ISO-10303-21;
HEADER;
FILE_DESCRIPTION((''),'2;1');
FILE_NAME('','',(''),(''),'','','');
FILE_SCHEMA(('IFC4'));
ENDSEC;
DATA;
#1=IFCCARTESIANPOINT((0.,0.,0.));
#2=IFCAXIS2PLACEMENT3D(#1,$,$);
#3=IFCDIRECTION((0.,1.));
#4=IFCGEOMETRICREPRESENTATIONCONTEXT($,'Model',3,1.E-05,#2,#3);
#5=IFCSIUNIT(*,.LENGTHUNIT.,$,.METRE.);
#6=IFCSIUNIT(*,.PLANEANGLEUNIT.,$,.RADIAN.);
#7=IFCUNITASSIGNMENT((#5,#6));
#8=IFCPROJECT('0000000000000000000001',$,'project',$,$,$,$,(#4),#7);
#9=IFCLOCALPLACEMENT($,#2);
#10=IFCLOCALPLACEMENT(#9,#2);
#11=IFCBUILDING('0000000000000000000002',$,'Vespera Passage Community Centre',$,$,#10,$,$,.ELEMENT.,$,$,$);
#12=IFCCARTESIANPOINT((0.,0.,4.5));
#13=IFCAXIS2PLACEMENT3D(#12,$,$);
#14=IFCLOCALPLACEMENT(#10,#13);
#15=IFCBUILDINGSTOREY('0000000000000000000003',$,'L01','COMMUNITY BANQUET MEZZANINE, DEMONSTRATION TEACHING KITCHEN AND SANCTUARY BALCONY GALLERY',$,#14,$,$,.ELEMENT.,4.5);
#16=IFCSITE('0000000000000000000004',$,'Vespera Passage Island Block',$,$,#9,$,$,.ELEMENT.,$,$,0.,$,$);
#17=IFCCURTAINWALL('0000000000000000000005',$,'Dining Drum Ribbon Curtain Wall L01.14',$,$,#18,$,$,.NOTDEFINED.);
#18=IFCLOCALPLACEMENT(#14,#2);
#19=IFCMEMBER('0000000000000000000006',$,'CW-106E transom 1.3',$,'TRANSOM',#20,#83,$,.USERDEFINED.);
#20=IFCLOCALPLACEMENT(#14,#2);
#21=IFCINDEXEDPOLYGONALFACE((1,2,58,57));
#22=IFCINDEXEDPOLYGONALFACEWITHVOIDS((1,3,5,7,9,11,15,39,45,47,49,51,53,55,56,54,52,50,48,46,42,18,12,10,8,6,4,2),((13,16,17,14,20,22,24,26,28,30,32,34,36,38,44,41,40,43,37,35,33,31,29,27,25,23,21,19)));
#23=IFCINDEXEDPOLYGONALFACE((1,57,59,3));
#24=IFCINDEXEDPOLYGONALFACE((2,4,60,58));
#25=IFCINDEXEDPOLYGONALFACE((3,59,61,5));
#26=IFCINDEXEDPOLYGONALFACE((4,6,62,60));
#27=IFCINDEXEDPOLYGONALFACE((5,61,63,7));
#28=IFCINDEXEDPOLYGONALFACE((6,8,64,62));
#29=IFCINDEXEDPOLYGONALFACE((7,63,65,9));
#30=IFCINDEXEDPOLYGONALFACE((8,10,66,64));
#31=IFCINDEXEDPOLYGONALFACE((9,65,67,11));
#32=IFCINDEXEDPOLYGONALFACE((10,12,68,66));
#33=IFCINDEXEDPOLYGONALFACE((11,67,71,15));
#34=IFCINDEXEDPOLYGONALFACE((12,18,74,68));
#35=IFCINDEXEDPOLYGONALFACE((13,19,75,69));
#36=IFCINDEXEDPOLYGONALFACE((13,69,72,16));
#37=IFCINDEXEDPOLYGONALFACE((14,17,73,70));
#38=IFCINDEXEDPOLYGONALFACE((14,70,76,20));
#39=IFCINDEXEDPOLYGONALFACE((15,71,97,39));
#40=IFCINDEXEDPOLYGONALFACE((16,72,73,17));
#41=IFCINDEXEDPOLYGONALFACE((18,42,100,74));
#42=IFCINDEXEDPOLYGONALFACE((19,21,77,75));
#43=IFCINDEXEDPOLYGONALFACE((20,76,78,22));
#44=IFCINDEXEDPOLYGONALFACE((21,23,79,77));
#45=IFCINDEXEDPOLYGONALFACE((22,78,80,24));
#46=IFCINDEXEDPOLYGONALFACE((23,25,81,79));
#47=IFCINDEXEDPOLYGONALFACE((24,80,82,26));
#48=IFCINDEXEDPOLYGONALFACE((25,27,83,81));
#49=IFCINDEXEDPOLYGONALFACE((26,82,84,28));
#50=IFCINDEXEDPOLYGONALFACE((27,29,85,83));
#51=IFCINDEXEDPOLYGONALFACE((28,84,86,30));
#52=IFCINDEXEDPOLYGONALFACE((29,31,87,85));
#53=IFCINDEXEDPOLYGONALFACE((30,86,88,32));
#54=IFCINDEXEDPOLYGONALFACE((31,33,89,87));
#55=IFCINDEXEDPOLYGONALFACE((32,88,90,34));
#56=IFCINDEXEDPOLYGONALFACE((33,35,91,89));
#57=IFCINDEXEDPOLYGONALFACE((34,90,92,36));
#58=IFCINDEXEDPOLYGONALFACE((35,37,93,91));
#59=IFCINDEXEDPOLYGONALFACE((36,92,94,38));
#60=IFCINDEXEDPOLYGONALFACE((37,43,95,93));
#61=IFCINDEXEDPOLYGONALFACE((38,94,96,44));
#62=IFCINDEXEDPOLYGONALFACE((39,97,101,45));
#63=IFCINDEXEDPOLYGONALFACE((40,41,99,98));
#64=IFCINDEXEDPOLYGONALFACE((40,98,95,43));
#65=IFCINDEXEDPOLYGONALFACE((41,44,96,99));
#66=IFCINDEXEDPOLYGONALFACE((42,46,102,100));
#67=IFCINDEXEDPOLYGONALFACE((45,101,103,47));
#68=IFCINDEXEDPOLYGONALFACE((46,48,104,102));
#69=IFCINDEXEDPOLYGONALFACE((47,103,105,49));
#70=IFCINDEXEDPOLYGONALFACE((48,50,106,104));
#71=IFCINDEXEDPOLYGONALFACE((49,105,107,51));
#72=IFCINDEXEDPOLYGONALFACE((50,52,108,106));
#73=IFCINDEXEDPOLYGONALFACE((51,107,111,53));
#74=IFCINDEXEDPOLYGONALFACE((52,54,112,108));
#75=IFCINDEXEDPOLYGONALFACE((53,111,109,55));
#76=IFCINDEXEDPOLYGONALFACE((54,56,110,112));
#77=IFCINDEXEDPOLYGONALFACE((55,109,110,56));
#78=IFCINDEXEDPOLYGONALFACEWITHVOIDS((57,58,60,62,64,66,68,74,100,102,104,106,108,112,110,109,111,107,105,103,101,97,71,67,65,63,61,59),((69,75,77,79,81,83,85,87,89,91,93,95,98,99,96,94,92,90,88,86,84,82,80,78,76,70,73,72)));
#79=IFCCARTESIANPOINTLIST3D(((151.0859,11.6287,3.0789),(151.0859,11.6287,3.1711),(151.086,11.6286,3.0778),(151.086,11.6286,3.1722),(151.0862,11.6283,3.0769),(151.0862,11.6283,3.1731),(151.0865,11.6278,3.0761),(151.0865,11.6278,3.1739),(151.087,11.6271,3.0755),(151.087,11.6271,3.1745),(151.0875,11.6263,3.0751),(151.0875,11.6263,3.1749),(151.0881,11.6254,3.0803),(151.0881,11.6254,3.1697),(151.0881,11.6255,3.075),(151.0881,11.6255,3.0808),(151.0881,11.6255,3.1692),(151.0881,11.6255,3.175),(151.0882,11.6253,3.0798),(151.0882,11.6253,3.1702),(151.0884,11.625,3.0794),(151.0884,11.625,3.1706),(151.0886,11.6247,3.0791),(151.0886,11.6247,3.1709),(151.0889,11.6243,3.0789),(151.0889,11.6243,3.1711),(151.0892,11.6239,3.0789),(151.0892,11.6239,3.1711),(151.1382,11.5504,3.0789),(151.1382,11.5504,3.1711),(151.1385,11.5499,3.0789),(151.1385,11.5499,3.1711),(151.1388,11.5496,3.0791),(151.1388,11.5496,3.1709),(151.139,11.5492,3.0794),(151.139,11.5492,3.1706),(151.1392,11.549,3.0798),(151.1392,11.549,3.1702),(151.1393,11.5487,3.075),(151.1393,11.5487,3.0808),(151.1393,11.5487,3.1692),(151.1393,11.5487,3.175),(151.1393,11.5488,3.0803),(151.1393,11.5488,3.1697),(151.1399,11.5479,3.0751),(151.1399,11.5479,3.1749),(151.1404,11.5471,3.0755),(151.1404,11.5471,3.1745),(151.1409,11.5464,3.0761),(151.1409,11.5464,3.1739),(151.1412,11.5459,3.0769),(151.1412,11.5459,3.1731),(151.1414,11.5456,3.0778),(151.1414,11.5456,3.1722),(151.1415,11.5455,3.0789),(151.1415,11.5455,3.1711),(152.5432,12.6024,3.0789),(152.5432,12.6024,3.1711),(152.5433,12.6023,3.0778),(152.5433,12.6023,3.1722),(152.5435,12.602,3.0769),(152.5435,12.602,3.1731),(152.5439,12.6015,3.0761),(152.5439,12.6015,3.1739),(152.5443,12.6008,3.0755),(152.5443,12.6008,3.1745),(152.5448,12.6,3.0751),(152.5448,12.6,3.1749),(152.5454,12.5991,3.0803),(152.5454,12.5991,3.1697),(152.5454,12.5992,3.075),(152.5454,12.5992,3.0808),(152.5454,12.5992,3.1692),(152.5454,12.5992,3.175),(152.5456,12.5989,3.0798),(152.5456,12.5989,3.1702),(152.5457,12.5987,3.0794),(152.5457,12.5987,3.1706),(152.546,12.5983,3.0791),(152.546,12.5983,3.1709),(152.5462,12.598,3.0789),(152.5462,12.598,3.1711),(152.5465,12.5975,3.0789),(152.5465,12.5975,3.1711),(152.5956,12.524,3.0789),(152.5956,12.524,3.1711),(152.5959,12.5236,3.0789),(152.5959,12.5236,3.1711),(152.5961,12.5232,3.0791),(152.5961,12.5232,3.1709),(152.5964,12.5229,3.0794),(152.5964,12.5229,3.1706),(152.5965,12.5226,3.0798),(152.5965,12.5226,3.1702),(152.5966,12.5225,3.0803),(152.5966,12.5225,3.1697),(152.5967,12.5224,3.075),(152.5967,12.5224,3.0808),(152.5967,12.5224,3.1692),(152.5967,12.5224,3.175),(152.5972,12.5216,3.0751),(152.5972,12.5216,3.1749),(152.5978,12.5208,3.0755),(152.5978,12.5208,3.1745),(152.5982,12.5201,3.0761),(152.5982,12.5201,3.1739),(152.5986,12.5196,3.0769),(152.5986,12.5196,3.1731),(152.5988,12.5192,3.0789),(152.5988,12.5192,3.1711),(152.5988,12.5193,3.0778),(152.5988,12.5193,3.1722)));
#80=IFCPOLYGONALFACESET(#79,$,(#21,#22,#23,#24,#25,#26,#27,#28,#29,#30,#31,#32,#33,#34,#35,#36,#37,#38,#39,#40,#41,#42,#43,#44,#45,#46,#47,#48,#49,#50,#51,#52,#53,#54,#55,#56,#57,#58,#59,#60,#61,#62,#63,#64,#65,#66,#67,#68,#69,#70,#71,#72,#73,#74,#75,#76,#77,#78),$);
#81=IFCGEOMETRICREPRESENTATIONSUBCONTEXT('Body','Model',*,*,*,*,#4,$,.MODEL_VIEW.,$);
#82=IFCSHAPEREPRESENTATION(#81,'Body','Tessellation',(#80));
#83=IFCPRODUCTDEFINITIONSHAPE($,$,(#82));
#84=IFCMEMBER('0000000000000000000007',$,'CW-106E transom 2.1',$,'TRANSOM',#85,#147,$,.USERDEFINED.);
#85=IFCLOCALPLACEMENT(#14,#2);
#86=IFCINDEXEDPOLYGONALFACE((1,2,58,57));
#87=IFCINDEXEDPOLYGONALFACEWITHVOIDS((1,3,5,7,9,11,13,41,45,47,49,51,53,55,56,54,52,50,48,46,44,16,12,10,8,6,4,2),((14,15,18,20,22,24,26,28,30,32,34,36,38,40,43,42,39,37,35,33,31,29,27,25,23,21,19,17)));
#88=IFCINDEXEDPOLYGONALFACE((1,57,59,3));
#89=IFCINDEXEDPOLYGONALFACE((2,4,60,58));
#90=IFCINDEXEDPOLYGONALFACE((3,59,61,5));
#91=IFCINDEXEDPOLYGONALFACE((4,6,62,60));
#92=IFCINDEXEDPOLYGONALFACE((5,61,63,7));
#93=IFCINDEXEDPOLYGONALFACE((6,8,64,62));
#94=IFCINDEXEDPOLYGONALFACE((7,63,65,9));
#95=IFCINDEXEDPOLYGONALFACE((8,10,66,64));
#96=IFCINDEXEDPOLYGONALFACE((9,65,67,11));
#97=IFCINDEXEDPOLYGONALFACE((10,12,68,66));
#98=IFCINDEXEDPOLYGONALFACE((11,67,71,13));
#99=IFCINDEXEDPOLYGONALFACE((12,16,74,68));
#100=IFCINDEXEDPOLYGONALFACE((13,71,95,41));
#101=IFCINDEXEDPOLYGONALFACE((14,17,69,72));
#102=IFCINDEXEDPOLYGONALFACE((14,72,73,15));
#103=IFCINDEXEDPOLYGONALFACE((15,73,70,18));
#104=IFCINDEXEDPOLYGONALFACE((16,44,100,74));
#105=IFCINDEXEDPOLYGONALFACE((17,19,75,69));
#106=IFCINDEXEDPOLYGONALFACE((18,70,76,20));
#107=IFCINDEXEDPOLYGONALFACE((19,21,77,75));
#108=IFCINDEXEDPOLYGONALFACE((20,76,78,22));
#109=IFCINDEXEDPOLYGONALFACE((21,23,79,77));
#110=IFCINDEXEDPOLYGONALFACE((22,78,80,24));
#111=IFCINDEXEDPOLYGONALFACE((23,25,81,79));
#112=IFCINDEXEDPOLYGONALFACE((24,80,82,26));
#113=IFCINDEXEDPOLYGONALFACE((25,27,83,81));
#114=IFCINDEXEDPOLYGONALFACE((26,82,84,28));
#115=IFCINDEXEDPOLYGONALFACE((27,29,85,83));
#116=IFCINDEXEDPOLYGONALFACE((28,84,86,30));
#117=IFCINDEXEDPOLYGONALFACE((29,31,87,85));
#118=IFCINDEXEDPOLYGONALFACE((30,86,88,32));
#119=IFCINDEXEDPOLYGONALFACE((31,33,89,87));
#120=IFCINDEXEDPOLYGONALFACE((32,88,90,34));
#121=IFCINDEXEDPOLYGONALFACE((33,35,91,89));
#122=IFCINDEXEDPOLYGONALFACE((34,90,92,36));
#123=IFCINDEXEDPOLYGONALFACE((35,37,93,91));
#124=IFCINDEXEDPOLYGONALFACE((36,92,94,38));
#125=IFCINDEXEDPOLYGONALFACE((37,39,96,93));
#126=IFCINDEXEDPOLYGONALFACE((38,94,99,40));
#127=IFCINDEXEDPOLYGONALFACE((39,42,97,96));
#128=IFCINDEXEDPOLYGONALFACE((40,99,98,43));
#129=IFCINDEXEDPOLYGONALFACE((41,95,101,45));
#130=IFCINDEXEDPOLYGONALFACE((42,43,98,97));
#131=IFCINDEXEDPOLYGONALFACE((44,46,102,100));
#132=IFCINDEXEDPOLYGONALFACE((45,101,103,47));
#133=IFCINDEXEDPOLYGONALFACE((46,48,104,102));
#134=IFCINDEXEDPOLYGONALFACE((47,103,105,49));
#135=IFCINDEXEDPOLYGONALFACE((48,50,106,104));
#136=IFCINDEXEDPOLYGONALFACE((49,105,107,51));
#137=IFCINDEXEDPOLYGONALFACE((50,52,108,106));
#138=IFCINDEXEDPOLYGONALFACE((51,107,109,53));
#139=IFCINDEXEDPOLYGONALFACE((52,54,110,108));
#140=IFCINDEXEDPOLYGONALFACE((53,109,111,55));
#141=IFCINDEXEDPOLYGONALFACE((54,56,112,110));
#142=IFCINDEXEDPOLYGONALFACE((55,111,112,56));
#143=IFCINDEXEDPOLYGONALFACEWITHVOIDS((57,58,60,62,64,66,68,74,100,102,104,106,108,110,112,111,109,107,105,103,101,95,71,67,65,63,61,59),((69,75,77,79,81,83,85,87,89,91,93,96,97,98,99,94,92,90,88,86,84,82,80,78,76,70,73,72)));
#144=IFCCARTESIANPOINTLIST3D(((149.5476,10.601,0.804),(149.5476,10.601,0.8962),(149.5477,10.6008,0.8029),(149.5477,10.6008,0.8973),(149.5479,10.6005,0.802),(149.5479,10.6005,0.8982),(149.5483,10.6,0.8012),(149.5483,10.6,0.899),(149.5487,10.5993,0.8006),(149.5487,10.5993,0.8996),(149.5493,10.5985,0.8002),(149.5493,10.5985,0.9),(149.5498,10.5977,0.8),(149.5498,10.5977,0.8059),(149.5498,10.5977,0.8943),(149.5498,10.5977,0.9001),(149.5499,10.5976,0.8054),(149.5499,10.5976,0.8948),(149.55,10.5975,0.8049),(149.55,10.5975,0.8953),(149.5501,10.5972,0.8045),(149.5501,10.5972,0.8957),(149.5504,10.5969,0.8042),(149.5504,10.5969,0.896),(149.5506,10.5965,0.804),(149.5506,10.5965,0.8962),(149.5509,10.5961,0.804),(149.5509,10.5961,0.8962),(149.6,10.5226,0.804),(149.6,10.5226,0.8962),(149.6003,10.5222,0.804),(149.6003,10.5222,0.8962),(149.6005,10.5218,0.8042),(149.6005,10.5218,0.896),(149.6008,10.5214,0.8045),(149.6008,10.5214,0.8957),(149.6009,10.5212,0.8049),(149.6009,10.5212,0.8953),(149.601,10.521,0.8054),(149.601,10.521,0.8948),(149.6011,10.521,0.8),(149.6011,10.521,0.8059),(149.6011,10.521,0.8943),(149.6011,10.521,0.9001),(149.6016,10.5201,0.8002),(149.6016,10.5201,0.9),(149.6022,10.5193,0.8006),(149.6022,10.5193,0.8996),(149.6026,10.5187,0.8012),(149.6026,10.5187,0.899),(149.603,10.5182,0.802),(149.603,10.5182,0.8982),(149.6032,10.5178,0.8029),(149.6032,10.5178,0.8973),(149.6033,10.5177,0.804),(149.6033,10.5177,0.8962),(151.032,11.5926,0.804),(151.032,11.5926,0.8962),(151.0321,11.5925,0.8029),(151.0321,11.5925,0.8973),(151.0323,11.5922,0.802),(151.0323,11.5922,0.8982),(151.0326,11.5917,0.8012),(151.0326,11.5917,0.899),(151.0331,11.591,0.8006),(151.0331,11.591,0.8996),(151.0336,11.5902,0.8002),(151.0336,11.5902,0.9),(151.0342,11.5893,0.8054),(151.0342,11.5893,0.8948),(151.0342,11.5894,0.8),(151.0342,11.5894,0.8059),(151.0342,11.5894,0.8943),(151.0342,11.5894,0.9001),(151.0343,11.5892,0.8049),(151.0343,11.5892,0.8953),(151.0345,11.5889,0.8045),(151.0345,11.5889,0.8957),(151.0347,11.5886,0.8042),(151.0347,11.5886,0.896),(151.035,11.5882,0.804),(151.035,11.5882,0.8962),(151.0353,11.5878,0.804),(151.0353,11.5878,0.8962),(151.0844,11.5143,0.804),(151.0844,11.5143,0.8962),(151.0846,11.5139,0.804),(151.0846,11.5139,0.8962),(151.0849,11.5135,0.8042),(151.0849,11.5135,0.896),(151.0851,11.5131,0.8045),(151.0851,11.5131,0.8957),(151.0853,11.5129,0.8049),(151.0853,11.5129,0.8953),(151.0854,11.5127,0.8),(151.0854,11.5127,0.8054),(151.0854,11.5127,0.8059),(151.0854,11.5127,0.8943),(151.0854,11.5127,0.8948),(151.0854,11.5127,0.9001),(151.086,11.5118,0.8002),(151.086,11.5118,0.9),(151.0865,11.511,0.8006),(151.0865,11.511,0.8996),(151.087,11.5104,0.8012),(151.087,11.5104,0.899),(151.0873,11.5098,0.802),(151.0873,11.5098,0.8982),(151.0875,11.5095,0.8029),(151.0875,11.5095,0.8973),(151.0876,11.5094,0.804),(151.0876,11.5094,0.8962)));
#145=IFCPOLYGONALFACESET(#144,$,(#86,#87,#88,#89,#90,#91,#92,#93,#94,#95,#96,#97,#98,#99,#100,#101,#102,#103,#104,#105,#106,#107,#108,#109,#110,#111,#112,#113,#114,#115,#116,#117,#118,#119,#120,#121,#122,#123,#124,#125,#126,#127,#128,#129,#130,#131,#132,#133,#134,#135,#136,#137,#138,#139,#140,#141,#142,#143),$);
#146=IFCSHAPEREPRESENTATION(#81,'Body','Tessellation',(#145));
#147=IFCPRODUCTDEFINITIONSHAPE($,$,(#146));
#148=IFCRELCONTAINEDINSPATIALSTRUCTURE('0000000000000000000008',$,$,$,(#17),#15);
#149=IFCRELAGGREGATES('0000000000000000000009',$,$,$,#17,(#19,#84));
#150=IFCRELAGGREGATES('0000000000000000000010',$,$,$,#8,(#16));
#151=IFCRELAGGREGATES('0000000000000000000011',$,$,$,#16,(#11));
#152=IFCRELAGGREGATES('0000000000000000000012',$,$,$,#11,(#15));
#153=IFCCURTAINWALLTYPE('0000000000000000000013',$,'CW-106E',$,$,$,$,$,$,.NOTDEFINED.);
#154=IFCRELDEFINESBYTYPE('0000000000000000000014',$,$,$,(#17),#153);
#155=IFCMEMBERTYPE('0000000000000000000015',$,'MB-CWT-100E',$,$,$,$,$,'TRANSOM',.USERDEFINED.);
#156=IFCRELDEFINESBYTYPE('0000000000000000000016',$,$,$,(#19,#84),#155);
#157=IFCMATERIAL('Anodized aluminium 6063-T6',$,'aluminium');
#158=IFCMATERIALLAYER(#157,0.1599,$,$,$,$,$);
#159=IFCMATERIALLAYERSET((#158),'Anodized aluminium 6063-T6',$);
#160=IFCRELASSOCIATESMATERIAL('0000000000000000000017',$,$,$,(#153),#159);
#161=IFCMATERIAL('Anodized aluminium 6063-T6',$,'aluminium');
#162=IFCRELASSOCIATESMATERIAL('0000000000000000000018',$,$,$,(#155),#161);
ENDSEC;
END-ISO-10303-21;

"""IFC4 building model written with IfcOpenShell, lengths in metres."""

from ifc_helpers import new_model, si_unit, direction, frame, origin, origin_2d, place, context, subcontext, project, spatial, hollow_rectangle, extrude, material, layer, layer_set, material_profile, profile_set, type_object, element, aggregate, save


model = new_model("IFC4")

# Units and contexts
model_context = context("Model", 3, precision=1e-05, world=origin(), true_north=direction((0.0, 1.0)))
body_context = subcontext(model_context, "Body", "Model", "MODEL_VIEW")
ifc_project = project(units=[si_unit("LENGTHUNIT", "METRE"), si_unit("PLANEANGLEUNIT", "RADIAN")], contexts=[model_context])

# Site, building, storey
site_placement = place(None, origin())
site = spatial("IfcSite", under=ifc_project, at=site_placement, Name="Vespera Passage Island Block", CompositionType="ELEMENT", RefElevation=0.0)
building_placement = place(site_placement, origin())
building = spatial("IfcBuilding", under=site, at=building_placement, Name="Vespera Passage Community Centre", CompositionType="ELEMENT")
storey_placement = place(building_placement, frame((0.0, 0.0, 4.5)))
storey = spatial("IfcBuildingStorey", under=building, at=storey_placement, Name="L01", Description="COMMUNITY BANQUET MEZZANINE, DEMONSTRATION TEACHING KITCHEN AND SANCTUARY BALCONY GALLERY", CompositionType="ELEMENT", Elevation=4.5)

# Curtain wall
ifc_material_1 = material(Name="Anodized aluminium 6063-T6", Category="aluminium")
ifc_layer_1 = layer(ifc_material_1, 0.1599)
ifc_layer_set_1 = layer_set([ifc_layer_1], Name="Anodized aluminium 6063-T6")
curtain_wall_type_1 = type_object("IfcCurtainWallType", Name="CW-106E", PredefinedType="NOTDEFINED", material=ifc_layer_set_1)
curtain_wall_1_placement = place(storey_placement, origin())
curtain_wall_1 = element("IfcCurtainWall", 1, at=curtain_wall_1_placement, inside=storey, type_object=curtain_wall_type_1, Name="Dining Drum Ribbon Curtain Wall L01.14", PredefinedType="NOTDEFINED")

# Members
ifc_material_2 = material(Name="Anodized aluminium 6063-T6", Category="aluminium")
ifc_material_profile_1 = material_profile(ifc_material_2, hollow_rectangle(XDim=0.1001, YDim=0.1001, WallThickness=0.0039, InnerFilletRadius=0.002, OuterFilletRadius=0.0039, at=origin_2d()), Name="ALU100X100X4")
ifc_profile_set_1 = profile_set([ifc_material_profile_1], Name="Anodized aluminium 6063-T6")
member_type_1 = type_object("IfcMemberType", Name="MB-CWT-100E", ElementType="TRANSOM", PredefinedType="USERDEFINED", material=ifc_profile_set_1)
member_1_placement = place(storey_placement, frame((152.571, 12.5608, 3.125), z_axis=(-0.831493, -0.555536, 0.0), x_axis=(0.555536, -0.831493, 0.0)))
member_1 = element("IfcMember", 2, at=member_1_placement, type_object=member_type_1, Name="CW-106E transom 1.3", ObjectType="TRANSOM", PredefinedType="USERDEFINED", context=body_context, shape_type="SweptSolid", body=[
    extrude(hollow_rectangle(XDim=0.1001, YDim=0.1001, WallThickness=0.0039, InnerFilletRadius=0.002, OuterFilletRadius=0.0039, at=origin_2d()), origin(), (0.0, 0.0, 1.0), 1.7527),
])
member_2_placement = place(storey_placement, frame((151.0598, 11.551, 0.8501), z_axis=(-0.831503, -0.55552, 0.0), x_axis=(0.55552, -0.831503, 0.0)))
member_2 = element("IfcMember", 3, at=member_2_placement, type_object=member_type_1, Name="CW-106E transom 2.1", ObjectType="TRANSOM", PredefinedType="USERDEFINED", context=body_context, shape_type="SweptSolid", body=[
    extrude(hollow_rectangle(XDim=0.1001, YDim=0.1001, WallThickness=0.0039, InnerFilletRadius=0.002, OuterFilletRadius=0.0039, at=origin_2d()), origin(), (0.0, 0.0, 1.0), 1.7852),
])

aggregate(curtain_wall_1, [member_1, member_2])

save(model, "model.ifc")
